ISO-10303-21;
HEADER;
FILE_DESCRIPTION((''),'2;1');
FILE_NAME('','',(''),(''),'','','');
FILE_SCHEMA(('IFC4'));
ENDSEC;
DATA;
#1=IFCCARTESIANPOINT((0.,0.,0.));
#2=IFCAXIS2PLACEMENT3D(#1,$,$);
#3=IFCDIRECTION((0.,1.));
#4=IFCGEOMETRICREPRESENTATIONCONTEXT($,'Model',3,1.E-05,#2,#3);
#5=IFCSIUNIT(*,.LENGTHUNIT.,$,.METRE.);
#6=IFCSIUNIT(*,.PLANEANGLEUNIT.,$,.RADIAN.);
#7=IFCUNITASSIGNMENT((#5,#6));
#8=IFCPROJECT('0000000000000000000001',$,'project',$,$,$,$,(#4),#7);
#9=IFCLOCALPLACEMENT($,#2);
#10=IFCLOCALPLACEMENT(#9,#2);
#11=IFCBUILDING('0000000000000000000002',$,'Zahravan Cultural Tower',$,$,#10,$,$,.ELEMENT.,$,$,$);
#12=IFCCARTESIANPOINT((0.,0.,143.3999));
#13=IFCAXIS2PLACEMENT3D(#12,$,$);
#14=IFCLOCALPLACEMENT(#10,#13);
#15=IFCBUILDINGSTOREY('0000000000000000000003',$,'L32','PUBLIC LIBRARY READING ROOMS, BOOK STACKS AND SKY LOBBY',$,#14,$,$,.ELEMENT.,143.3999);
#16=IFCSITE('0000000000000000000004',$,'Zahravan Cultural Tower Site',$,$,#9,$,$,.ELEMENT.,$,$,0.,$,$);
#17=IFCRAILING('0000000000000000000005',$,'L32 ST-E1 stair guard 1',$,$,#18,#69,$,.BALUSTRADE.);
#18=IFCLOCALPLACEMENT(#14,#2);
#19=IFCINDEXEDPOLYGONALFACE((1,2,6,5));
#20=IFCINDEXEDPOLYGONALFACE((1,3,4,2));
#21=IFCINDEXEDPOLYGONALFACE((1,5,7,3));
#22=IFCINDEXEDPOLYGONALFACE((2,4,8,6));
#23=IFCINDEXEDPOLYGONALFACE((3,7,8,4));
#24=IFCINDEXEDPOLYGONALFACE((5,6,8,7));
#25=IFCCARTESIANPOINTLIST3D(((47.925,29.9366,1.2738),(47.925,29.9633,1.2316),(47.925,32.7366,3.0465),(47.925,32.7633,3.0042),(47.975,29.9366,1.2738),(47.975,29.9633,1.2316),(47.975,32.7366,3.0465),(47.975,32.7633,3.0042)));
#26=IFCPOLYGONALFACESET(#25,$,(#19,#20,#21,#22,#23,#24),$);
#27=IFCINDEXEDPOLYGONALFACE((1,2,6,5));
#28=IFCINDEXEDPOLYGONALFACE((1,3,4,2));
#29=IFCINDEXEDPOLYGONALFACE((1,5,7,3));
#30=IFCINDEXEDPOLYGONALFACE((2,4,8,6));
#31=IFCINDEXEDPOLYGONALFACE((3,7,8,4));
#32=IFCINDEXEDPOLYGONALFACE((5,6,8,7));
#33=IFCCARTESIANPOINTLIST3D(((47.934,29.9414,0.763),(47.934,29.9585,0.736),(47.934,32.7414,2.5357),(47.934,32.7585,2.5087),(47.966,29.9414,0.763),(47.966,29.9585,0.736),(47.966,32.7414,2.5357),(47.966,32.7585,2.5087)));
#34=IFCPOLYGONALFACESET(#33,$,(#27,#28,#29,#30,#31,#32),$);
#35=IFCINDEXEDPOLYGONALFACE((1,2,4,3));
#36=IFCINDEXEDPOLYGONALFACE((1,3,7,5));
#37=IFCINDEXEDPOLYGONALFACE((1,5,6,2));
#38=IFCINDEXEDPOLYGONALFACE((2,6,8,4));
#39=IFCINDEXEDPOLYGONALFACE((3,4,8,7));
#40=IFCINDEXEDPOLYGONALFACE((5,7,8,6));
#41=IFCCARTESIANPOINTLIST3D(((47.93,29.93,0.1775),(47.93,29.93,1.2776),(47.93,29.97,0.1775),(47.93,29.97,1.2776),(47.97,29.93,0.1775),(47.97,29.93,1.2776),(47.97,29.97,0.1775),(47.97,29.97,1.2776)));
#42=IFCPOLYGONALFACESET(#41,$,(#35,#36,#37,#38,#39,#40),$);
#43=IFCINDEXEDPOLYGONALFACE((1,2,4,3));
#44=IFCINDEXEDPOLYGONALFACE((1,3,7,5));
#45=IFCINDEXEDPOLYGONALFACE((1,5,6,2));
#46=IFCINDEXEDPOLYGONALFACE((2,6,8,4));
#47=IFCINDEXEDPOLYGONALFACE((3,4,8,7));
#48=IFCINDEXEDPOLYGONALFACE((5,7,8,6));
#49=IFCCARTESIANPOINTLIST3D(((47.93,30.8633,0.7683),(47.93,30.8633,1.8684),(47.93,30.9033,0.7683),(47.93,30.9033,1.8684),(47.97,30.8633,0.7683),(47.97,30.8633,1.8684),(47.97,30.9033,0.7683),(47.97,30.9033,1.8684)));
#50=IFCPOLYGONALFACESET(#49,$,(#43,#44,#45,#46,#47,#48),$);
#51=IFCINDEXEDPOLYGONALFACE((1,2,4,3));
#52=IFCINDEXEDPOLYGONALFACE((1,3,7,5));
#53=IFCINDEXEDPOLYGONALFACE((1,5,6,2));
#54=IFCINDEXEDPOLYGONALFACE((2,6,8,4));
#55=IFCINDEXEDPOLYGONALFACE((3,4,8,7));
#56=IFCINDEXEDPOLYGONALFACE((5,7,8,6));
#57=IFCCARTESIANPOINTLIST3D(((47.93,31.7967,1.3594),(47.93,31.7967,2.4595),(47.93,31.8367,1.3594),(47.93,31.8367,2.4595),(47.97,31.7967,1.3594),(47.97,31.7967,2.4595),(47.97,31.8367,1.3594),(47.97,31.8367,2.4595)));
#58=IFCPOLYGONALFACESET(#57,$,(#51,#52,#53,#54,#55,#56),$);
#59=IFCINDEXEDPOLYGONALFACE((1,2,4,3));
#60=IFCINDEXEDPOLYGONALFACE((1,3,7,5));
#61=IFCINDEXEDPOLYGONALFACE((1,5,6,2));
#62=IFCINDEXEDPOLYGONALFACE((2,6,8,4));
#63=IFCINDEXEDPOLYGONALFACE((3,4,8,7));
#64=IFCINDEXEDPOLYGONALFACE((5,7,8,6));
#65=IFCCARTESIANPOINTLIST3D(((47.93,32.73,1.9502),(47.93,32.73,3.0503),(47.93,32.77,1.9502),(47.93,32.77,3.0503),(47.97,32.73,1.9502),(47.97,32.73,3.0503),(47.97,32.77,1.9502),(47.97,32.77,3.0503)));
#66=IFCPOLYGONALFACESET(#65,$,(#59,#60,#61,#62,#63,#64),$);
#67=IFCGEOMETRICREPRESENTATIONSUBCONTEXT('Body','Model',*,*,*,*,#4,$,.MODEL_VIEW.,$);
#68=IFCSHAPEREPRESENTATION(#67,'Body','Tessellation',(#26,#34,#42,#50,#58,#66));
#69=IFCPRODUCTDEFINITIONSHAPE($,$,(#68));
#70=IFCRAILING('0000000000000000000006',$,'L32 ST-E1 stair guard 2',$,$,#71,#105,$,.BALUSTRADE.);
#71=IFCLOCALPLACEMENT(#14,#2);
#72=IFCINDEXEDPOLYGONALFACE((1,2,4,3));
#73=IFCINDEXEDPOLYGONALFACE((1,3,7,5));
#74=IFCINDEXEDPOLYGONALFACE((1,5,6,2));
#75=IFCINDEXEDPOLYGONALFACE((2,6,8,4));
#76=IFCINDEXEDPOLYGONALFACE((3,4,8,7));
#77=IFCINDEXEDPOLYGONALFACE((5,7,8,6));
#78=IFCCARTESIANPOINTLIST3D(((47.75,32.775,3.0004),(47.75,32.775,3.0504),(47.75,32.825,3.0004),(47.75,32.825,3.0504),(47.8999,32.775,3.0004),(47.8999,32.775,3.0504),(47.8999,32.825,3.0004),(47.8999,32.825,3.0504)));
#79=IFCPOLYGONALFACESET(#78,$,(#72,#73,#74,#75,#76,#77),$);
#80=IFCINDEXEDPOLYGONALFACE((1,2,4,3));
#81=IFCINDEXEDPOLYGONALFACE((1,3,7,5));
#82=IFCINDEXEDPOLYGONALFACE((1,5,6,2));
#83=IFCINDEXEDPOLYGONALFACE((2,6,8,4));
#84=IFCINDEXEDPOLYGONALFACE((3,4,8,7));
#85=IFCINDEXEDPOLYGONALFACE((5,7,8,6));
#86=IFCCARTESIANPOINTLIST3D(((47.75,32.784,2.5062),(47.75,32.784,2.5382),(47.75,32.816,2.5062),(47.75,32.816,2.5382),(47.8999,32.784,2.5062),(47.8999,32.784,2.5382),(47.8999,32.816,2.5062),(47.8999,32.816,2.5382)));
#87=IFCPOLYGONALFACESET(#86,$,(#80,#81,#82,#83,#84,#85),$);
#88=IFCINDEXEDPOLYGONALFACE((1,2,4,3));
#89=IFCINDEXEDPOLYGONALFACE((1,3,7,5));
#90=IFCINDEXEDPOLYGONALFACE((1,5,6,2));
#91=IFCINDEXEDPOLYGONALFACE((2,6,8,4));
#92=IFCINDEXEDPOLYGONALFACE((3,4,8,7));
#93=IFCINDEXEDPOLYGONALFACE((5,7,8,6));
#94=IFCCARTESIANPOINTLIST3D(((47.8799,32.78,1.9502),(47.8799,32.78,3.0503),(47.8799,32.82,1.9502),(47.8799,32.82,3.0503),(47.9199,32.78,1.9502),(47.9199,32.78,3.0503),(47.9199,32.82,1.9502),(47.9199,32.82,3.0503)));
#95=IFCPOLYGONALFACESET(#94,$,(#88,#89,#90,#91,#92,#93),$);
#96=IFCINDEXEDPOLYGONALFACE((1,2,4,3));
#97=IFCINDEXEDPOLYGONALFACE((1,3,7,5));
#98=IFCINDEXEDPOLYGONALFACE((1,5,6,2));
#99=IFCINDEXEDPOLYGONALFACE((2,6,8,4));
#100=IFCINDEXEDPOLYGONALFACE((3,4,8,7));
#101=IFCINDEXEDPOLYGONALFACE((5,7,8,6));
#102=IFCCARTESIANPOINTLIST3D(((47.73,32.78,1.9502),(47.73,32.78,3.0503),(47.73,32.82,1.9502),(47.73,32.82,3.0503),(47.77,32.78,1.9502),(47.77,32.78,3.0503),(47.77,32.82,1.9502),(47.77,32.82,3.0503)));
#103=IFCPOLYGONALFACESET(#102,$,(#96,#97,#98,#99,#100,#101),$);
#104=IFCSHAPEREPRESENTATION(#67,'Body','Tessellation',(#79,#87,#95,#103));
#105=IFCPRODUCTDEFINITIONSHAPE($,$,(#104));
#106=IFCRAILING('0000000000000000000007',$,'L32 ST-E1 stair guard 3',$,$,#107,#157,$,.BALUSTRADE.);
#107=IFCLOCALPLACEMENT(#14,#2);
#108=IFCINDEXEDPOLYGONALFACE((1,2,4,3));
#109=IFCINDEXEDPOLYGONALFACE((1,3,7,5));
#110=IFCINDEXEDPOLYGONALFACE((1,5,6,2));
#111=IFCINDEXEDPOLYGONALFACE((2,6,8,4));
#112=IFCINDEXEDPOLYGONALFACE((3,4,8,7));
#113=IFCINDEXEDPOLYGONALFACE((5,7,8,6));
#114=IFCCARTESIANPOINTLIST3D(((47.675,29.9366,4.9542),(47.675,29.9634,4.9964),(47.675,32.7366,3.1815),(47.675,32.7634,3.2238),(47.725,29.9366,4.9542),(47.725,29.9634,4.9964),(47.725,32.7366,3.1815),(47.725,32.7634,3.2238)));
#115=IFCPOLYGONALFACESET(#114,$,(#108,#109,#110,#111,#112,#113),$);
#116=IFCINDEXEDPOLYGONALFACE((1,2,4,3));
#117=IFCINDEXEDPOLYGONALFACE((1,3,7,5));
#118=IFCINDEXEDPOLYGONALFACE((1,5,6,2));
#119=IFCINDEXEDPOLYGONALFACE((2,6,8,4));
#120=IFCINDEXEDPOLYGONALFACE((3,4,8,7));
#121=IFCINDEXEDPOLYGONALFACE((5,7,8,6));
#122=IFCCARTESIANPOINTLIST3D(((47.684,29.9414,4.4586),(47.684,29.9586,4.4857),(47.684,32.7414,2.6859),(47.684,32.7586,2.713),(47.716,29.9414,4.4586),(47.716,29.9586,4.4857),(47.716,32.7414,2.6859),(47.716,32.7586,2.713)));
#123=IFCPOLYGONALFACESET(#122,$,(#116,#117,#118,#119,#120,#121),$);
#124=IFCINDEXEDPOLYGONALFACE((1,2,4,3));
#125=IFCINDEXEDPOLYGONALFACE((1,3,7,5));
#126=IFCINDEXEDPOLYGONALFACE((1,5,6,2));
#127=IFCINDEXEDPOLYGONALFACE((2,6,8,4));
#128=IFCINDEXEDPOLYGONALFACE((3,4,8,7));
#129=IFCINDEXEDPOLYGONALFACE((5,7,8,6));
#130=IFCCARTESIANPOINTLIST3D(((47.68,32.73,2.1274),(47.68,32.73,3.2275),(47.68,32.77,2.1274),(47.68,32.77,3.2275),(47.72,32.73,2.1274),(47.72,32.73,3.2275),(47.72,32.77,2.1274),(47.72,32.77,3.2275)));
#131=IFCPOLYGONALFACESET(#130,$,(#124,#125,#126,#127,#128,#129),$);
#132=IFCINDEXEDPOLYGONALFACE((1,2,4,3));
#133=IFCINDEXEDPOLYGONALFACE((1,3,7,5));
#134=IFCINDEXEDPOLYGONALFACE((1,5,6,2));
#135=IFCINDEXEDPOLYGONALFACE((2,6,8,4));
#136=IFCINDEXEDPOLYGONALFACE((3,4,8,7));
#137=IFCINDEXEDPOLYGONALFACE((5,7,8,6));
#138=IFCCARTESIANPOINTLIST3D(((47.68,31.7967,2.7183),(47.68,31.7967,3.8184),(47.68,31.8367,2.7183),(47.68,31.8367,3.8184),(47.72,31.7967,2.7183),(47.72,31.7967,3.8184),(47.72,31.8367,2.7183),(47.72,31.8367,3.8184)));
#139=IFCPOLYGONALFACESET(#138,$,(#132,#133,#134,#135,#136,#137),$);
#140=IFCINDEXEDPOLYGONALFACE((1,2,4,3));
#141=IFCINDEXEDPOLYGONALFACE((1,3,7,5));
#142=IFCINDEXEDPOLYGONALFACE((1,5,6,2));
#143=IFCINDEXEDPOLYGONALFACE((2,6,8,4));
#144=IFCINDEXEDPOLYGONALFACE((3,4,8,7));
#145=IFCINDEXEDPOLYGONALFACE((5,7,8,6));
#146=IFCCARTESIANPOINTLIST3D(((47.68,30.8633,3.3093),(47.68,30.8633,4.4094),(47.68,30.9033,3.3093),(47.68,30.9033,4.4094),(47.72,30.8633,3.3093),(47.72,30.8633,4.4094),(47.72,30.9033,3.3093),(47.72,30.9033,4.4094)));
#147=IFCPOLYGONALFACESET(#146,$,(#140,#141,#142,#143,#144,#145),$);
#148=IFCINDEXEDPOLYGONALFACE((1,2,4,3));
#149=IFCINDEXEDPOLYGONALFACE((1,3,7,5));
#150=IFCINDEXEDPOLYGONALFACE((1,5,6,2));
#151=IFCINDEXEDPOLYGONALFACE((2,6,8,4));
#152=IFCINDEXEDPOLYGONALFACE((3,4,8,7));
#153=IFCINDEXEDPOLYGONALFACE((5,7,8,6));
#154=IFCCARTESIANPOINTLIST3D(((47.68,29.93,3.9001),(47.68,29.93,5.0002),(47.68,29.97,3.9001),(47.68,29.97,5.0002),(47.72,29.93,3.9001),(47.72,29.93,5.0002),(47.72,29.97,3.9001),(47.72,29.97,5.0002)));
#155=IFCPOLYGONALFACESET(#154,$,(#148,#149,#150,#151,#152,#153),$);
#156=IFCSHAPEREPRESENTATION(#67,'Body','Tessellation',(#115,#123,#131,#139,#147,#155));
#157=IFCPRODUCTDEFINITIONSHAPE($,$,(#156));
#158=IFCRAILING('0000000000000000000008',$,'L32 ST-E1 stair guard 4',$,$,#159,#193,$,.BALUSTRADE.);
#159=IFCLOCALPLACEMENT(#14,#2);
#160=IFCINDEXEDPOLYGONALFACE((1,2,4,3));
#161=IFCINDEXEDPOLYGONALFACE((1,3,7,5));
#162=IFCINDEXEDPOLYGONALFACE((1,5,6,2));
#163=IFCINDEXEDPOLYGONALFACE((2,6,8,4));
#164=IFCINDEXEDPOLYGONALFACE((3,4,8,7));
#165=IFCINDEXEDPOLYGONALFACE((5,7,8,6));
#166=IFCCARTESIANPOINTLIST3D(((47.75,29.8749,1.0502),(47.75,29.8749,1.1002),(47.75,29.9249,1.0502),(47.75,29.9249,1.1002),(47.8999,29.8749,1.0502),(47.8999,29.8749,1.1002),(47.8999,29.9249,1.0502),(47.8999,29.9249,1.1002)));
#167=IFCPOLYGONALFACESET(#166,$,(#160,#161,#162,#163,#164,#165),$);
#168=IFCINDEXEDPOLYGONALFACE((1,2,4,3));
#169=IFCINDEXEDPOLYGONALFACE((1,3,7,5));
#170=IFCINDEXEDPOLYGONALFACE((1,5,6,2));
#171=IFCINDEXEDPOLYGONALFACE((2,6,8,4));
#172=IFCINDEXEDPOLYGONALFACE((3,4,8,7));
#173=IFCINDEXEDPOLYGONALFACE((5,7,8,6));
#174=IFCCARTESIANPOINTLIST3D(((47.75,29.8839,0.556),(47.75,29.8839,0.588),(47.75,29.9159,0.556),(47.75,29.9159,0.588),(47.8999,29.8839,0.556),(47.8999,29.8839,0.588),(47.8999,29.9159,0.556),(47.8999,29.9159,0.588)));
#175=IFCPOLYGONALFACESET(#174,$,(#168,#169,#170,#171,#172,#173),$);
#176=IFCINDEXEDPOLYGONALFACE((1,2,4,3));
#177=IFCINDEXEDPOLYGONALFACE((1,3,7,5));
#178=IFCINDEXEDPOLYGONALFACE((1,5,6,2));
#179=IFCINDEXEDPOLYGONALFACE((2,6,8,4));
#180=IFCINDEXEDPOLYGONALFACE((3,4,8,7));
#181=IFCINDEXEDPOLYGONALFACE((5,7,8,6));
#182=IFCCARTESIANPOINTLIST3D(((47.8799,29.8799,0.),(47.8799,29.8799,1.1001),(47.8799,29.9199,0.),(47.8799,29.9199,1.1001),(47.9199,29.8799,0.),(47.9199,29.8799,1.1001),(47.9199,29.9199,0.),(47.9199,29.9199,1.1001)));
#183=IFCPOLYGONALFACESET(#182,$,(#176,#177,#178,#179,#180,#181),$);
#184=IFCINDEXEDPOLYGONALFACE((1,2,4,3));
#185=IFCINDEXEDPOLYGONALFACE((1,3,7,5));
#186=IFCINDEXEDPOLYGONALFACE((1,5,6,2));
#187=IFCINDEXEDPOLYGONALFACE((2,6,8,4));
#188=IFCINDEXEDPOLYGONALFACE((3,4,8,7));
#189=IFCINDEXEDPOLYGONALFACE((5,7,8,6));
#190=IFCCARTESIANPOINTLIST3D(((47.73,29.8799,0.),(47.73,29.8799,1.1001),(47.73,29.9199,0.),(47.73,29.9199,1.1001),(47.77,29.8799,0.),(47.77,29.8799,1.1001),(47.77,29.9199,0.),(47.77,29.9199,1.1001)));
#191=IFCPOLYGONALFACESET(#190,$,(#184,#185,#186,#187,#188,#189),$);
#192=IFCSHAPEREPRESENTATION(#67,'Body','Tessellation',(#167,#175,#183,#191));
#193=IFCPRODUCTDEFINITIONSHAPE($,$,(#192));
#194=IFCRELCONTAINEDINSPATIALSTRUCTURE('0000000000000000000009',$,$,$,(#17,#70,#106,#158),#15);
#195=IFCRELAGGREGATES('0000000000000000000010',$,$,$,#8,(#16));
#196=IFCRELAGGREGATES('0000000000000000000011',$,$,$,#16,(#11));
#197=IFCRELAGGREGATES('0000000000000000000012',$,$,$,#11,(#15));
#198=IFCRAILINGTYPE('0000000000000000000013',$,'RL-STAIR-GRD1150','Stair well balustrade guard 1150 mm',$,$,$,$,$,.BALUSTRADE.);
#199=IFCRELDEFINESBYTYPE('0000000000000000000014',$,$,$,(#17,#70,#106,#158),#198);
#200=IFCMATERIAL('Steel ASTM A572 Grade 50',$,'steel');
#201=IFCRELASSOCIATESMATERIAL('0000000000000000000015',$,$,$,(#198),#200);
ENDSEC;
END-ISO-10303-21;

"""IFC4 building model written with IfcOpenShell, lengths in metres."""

from ifc_helpers import new_model, si_unit, direction, frame, origin, origin_2d, place, context, subcontext, project, spatial, rectangle, extrude, material, type_object, element, save


model = new_model("IFC4")

# Units and contexts
model_context = context("Model", 3, precision=1e-05, world=origin(), true_north=direction((0.0, 1.0)))
body_context = subcontext(model_context, "Body", "Model", "MODEL_VIEW")
ifc_project = project(units=[si_unit("LENGTHUNIT", "METRE"), si_unit("PLANEANGLEUNIT", "RADIAN")], contexts=[model_context])

# Site, building, storey
site_placement = place(None, origin())
site = spatial("IfcSite", under=ifc_project, at=site_placement, Name="Zahravan Cultural Tower Site", CompositionType="ELEMENT", RefElevation=0.0)
building_placement = place(site_placement, origin())
building = spatial("IfcBuilding", under=site, at=building_placement, Name="Zahravan Cultural Tower", CompositionType="ELEMENT")
storey_placement = place(building_placement, frame((0.0, 0.0, 143.3999)))
storey = spatial("IfcBuildingStorey", under=building, at=storey_placement, Name="L32", Description="PUBLIC LIBRARY READING ROOMS, BOOK STACKS AND SKY LOBBY", CompositionType="ELEMENT", Elevation=143.3999)

# Shared definitions
ifc_material_1 = material(Name="Steel ASTM A572 Grade 50", Category="steel")

# Railings
railing_type_1 = type_object("IfcRailingType", Name="RL-STAIR-GRD1150", Description="Stair well balustrade guard 1150 mm", PredefinedType="BALUSTRADE", material=ifc_material_1)
railing_1_placement = place(storey_placement, frame((47.95, 29.95, 0.1775)))
element("IfcRailing", 1, at=railing_1_placement, inside=storey, type_object=railing_type_1, Name="L32 ST-E1 stair guard 1", PredefinedType="BALUSTRADE", context=body_context, shape_type="SweptSolid", body=[
    extrude(rectangle(XDim=0.05, YDim=0.05, at=origin_2d()), frame((0.0, 0.0, 1.0752), z_axis=(0.0, 0.844909, 0.53491), x_axis=(-1.0, 0.0, 0.0)), (0.0, 0.0, 1.0), 3.314),
    extrude(rectangle(XDim=0.032, YDim=0.032, at=origin_2d()), frame((0.0, 0.0, 0.572), z_axis=(0.0, 0.844909, 0.53491), x_axis=(-1.0, 0.0, 0.0)), (0.0, 0.0, 1.0), 3.314),
    extrude(rectangle(XDim=0.04, YDim=0.04, at=origin_2d()), origin(), (0.0, 0.0, 1.0), 1.1001),
    extrude(rectangle(XDim=0.04, YDim=0.04, at=origin_2d()), frame((0.0, 0.9333, 0.5908)), (0.0, 0.0, 1.0), 1.1001),
    extrude(rectangle(XDim=0.04, YDim=0.04, at=origin_2d()), frame((0.0, 1.8667, 1.1819)), (0.0, 0.0, 1.0), 1.1001),
    extrude(rectangle(XDim=0.04, YDim=0.04, at=origin_2d()), frame((0.0, 2.8, 1.7727)), (0.0, 0.0, 1.0), 1.1001),
])
railing_2_placement = place(storey_placement, frame((47.8999, 32.8, 1.9502)))
element("IfcRailing", 2, at=railing_2_placement, inside=storey, type_object=railing_type_1, Name="L32 ST-E1 stair guard 2", PredefinedType="BALUSTRADE", context=body_context, shape_type="SweptSolid", body=[
    extrude(rectangle(XDim=0.05, YDim=0.05, at=origin_2d()), frame((0.0, 0.0, 1.0752), z_axis=(-1.0, 0.0, 0.0), x_axis=(0.0, -1.0, 0.0)), (0.0, 0.0, 1.0), 0.1499),
    extrude(rectangle(XDim=0.032, YDim=0.032, at=origin_2d()), frame((0.0, 0.0, 0.572), z_axis=(-1.0, 0.0, 0.0), x_axis=(0.0, -1.0, 0.0)), (0.0, 0.0, 1.0), 0.1499),
    extrude(rectangle(XDim=0.04, YDim=0.04, at=origin_2d()), origin(), (0.0, 0.0, 1.0), 1.1001),
    extrude(rectangle(XDim=0.04, YDim=0.04, at=origin_2d()), frame((-0.1499, 0.0, 0.0)), (0.0, 0.0, 1.0), 1.1001),
])
railing_3_placement = place(storey_placement, frame((47.7, 32.75, 2.1274)))
element("IfcRailing", 3, at=railing_3_placement, inside=storey, type_object=railing_type_1, Name="L32 ST-E1 stair guard 3", PredefinedType="BALUSTRADE", context=body_context, shape_type="SweptSolid", body=[
    extrude(rectangle(XDim=0.05, YDim=0.05, at=origin_2d()), frame((0.0, 0.0, 1.0752), z_axis=(0.0, -0.844909, 0.53491), x_axis=(1.0, 0.0, 0.0)), (0.0, 0.0, 1.0), 3.314),
    extrude(rectangle(XDim=0.032, YDim=0.032, at=origin_2d()), frame((0.0, 0.0, 0.572), z_axis=(0.0, -0.844909, 0.53491), x_axis=(1.0, 0.0, 0.0)), (0.0, 0.0, 1.0), 3.314),
    extrude(rectangle(XDim=0.04, YDim=0.04, at=origin_2d()), origin(), (0.0, 0.0, 1.0), 1.1001),
    extrude(rectangle(XDim=0.04, YDim=0.04, at=origin_2d()), frame((0.0, -0.9333, 0.5908)), (0.0, 0.0, 1.0), 1.1001),
    extrude(rectangle(XDim=0.04, YDim=0.04, at=origin_2d()), frame((0.0, -1.8667, 1.1819)), (0.0, 0.0, 1.0), 1.1001),
    extrude(rectangle(XDim=0.04, YDim=0.04, at=origin_2d()), frame((0.0, -2.8, 1.7727)), (0.0, 0.0, 1.0), 1.1001),
])
railing_4_placement = place(storey_placement, frame((47.8999, 29.8999, 0.0)))
element("IfcRailing", 4, at=railing_4_placement, inside=storey, type_object=railing_type_1, Name="L32 ST-E1 stair guard 4", PredefinedType="BALUSTRADE", context=body_context, shape_type="SweptSolid", body=[
    extrude(rectangle(XDim=0.05, YDim=0.05, at=origin_2d()), frame((0.0, 0.0, 1.0752), z_axis=(-1.0, 0.0, 0.0), x_axis=(0.0, -1.0, 0.0)), (0.0, 0.0, 1.0), 0.1499),
    extrude(rectangle(XDim=0.032, YDim=0.032, at=origin_2d()), frame((0.0, 0.0, 0.572), z_axis=(-1.0, 0.0, 0.0), x_axis=(0.0, -1.0, 0.0)), (0.0, 0.0, 1.0), 0.1499),
    extrude(rectangle(XDim=0.04, YDim=0.04, at=origin_2d()), origin(), (0.0, 0.0, 1.0), 1.1001),
    extrude(rectangle(XDim=0.04, YDim=0.04, at=origin_2d()), frame((-0.1499, 0.0, 0.0)), (0.0, 0.0, 1.0), 1.1001),
])

save(model, "model.ifc")
